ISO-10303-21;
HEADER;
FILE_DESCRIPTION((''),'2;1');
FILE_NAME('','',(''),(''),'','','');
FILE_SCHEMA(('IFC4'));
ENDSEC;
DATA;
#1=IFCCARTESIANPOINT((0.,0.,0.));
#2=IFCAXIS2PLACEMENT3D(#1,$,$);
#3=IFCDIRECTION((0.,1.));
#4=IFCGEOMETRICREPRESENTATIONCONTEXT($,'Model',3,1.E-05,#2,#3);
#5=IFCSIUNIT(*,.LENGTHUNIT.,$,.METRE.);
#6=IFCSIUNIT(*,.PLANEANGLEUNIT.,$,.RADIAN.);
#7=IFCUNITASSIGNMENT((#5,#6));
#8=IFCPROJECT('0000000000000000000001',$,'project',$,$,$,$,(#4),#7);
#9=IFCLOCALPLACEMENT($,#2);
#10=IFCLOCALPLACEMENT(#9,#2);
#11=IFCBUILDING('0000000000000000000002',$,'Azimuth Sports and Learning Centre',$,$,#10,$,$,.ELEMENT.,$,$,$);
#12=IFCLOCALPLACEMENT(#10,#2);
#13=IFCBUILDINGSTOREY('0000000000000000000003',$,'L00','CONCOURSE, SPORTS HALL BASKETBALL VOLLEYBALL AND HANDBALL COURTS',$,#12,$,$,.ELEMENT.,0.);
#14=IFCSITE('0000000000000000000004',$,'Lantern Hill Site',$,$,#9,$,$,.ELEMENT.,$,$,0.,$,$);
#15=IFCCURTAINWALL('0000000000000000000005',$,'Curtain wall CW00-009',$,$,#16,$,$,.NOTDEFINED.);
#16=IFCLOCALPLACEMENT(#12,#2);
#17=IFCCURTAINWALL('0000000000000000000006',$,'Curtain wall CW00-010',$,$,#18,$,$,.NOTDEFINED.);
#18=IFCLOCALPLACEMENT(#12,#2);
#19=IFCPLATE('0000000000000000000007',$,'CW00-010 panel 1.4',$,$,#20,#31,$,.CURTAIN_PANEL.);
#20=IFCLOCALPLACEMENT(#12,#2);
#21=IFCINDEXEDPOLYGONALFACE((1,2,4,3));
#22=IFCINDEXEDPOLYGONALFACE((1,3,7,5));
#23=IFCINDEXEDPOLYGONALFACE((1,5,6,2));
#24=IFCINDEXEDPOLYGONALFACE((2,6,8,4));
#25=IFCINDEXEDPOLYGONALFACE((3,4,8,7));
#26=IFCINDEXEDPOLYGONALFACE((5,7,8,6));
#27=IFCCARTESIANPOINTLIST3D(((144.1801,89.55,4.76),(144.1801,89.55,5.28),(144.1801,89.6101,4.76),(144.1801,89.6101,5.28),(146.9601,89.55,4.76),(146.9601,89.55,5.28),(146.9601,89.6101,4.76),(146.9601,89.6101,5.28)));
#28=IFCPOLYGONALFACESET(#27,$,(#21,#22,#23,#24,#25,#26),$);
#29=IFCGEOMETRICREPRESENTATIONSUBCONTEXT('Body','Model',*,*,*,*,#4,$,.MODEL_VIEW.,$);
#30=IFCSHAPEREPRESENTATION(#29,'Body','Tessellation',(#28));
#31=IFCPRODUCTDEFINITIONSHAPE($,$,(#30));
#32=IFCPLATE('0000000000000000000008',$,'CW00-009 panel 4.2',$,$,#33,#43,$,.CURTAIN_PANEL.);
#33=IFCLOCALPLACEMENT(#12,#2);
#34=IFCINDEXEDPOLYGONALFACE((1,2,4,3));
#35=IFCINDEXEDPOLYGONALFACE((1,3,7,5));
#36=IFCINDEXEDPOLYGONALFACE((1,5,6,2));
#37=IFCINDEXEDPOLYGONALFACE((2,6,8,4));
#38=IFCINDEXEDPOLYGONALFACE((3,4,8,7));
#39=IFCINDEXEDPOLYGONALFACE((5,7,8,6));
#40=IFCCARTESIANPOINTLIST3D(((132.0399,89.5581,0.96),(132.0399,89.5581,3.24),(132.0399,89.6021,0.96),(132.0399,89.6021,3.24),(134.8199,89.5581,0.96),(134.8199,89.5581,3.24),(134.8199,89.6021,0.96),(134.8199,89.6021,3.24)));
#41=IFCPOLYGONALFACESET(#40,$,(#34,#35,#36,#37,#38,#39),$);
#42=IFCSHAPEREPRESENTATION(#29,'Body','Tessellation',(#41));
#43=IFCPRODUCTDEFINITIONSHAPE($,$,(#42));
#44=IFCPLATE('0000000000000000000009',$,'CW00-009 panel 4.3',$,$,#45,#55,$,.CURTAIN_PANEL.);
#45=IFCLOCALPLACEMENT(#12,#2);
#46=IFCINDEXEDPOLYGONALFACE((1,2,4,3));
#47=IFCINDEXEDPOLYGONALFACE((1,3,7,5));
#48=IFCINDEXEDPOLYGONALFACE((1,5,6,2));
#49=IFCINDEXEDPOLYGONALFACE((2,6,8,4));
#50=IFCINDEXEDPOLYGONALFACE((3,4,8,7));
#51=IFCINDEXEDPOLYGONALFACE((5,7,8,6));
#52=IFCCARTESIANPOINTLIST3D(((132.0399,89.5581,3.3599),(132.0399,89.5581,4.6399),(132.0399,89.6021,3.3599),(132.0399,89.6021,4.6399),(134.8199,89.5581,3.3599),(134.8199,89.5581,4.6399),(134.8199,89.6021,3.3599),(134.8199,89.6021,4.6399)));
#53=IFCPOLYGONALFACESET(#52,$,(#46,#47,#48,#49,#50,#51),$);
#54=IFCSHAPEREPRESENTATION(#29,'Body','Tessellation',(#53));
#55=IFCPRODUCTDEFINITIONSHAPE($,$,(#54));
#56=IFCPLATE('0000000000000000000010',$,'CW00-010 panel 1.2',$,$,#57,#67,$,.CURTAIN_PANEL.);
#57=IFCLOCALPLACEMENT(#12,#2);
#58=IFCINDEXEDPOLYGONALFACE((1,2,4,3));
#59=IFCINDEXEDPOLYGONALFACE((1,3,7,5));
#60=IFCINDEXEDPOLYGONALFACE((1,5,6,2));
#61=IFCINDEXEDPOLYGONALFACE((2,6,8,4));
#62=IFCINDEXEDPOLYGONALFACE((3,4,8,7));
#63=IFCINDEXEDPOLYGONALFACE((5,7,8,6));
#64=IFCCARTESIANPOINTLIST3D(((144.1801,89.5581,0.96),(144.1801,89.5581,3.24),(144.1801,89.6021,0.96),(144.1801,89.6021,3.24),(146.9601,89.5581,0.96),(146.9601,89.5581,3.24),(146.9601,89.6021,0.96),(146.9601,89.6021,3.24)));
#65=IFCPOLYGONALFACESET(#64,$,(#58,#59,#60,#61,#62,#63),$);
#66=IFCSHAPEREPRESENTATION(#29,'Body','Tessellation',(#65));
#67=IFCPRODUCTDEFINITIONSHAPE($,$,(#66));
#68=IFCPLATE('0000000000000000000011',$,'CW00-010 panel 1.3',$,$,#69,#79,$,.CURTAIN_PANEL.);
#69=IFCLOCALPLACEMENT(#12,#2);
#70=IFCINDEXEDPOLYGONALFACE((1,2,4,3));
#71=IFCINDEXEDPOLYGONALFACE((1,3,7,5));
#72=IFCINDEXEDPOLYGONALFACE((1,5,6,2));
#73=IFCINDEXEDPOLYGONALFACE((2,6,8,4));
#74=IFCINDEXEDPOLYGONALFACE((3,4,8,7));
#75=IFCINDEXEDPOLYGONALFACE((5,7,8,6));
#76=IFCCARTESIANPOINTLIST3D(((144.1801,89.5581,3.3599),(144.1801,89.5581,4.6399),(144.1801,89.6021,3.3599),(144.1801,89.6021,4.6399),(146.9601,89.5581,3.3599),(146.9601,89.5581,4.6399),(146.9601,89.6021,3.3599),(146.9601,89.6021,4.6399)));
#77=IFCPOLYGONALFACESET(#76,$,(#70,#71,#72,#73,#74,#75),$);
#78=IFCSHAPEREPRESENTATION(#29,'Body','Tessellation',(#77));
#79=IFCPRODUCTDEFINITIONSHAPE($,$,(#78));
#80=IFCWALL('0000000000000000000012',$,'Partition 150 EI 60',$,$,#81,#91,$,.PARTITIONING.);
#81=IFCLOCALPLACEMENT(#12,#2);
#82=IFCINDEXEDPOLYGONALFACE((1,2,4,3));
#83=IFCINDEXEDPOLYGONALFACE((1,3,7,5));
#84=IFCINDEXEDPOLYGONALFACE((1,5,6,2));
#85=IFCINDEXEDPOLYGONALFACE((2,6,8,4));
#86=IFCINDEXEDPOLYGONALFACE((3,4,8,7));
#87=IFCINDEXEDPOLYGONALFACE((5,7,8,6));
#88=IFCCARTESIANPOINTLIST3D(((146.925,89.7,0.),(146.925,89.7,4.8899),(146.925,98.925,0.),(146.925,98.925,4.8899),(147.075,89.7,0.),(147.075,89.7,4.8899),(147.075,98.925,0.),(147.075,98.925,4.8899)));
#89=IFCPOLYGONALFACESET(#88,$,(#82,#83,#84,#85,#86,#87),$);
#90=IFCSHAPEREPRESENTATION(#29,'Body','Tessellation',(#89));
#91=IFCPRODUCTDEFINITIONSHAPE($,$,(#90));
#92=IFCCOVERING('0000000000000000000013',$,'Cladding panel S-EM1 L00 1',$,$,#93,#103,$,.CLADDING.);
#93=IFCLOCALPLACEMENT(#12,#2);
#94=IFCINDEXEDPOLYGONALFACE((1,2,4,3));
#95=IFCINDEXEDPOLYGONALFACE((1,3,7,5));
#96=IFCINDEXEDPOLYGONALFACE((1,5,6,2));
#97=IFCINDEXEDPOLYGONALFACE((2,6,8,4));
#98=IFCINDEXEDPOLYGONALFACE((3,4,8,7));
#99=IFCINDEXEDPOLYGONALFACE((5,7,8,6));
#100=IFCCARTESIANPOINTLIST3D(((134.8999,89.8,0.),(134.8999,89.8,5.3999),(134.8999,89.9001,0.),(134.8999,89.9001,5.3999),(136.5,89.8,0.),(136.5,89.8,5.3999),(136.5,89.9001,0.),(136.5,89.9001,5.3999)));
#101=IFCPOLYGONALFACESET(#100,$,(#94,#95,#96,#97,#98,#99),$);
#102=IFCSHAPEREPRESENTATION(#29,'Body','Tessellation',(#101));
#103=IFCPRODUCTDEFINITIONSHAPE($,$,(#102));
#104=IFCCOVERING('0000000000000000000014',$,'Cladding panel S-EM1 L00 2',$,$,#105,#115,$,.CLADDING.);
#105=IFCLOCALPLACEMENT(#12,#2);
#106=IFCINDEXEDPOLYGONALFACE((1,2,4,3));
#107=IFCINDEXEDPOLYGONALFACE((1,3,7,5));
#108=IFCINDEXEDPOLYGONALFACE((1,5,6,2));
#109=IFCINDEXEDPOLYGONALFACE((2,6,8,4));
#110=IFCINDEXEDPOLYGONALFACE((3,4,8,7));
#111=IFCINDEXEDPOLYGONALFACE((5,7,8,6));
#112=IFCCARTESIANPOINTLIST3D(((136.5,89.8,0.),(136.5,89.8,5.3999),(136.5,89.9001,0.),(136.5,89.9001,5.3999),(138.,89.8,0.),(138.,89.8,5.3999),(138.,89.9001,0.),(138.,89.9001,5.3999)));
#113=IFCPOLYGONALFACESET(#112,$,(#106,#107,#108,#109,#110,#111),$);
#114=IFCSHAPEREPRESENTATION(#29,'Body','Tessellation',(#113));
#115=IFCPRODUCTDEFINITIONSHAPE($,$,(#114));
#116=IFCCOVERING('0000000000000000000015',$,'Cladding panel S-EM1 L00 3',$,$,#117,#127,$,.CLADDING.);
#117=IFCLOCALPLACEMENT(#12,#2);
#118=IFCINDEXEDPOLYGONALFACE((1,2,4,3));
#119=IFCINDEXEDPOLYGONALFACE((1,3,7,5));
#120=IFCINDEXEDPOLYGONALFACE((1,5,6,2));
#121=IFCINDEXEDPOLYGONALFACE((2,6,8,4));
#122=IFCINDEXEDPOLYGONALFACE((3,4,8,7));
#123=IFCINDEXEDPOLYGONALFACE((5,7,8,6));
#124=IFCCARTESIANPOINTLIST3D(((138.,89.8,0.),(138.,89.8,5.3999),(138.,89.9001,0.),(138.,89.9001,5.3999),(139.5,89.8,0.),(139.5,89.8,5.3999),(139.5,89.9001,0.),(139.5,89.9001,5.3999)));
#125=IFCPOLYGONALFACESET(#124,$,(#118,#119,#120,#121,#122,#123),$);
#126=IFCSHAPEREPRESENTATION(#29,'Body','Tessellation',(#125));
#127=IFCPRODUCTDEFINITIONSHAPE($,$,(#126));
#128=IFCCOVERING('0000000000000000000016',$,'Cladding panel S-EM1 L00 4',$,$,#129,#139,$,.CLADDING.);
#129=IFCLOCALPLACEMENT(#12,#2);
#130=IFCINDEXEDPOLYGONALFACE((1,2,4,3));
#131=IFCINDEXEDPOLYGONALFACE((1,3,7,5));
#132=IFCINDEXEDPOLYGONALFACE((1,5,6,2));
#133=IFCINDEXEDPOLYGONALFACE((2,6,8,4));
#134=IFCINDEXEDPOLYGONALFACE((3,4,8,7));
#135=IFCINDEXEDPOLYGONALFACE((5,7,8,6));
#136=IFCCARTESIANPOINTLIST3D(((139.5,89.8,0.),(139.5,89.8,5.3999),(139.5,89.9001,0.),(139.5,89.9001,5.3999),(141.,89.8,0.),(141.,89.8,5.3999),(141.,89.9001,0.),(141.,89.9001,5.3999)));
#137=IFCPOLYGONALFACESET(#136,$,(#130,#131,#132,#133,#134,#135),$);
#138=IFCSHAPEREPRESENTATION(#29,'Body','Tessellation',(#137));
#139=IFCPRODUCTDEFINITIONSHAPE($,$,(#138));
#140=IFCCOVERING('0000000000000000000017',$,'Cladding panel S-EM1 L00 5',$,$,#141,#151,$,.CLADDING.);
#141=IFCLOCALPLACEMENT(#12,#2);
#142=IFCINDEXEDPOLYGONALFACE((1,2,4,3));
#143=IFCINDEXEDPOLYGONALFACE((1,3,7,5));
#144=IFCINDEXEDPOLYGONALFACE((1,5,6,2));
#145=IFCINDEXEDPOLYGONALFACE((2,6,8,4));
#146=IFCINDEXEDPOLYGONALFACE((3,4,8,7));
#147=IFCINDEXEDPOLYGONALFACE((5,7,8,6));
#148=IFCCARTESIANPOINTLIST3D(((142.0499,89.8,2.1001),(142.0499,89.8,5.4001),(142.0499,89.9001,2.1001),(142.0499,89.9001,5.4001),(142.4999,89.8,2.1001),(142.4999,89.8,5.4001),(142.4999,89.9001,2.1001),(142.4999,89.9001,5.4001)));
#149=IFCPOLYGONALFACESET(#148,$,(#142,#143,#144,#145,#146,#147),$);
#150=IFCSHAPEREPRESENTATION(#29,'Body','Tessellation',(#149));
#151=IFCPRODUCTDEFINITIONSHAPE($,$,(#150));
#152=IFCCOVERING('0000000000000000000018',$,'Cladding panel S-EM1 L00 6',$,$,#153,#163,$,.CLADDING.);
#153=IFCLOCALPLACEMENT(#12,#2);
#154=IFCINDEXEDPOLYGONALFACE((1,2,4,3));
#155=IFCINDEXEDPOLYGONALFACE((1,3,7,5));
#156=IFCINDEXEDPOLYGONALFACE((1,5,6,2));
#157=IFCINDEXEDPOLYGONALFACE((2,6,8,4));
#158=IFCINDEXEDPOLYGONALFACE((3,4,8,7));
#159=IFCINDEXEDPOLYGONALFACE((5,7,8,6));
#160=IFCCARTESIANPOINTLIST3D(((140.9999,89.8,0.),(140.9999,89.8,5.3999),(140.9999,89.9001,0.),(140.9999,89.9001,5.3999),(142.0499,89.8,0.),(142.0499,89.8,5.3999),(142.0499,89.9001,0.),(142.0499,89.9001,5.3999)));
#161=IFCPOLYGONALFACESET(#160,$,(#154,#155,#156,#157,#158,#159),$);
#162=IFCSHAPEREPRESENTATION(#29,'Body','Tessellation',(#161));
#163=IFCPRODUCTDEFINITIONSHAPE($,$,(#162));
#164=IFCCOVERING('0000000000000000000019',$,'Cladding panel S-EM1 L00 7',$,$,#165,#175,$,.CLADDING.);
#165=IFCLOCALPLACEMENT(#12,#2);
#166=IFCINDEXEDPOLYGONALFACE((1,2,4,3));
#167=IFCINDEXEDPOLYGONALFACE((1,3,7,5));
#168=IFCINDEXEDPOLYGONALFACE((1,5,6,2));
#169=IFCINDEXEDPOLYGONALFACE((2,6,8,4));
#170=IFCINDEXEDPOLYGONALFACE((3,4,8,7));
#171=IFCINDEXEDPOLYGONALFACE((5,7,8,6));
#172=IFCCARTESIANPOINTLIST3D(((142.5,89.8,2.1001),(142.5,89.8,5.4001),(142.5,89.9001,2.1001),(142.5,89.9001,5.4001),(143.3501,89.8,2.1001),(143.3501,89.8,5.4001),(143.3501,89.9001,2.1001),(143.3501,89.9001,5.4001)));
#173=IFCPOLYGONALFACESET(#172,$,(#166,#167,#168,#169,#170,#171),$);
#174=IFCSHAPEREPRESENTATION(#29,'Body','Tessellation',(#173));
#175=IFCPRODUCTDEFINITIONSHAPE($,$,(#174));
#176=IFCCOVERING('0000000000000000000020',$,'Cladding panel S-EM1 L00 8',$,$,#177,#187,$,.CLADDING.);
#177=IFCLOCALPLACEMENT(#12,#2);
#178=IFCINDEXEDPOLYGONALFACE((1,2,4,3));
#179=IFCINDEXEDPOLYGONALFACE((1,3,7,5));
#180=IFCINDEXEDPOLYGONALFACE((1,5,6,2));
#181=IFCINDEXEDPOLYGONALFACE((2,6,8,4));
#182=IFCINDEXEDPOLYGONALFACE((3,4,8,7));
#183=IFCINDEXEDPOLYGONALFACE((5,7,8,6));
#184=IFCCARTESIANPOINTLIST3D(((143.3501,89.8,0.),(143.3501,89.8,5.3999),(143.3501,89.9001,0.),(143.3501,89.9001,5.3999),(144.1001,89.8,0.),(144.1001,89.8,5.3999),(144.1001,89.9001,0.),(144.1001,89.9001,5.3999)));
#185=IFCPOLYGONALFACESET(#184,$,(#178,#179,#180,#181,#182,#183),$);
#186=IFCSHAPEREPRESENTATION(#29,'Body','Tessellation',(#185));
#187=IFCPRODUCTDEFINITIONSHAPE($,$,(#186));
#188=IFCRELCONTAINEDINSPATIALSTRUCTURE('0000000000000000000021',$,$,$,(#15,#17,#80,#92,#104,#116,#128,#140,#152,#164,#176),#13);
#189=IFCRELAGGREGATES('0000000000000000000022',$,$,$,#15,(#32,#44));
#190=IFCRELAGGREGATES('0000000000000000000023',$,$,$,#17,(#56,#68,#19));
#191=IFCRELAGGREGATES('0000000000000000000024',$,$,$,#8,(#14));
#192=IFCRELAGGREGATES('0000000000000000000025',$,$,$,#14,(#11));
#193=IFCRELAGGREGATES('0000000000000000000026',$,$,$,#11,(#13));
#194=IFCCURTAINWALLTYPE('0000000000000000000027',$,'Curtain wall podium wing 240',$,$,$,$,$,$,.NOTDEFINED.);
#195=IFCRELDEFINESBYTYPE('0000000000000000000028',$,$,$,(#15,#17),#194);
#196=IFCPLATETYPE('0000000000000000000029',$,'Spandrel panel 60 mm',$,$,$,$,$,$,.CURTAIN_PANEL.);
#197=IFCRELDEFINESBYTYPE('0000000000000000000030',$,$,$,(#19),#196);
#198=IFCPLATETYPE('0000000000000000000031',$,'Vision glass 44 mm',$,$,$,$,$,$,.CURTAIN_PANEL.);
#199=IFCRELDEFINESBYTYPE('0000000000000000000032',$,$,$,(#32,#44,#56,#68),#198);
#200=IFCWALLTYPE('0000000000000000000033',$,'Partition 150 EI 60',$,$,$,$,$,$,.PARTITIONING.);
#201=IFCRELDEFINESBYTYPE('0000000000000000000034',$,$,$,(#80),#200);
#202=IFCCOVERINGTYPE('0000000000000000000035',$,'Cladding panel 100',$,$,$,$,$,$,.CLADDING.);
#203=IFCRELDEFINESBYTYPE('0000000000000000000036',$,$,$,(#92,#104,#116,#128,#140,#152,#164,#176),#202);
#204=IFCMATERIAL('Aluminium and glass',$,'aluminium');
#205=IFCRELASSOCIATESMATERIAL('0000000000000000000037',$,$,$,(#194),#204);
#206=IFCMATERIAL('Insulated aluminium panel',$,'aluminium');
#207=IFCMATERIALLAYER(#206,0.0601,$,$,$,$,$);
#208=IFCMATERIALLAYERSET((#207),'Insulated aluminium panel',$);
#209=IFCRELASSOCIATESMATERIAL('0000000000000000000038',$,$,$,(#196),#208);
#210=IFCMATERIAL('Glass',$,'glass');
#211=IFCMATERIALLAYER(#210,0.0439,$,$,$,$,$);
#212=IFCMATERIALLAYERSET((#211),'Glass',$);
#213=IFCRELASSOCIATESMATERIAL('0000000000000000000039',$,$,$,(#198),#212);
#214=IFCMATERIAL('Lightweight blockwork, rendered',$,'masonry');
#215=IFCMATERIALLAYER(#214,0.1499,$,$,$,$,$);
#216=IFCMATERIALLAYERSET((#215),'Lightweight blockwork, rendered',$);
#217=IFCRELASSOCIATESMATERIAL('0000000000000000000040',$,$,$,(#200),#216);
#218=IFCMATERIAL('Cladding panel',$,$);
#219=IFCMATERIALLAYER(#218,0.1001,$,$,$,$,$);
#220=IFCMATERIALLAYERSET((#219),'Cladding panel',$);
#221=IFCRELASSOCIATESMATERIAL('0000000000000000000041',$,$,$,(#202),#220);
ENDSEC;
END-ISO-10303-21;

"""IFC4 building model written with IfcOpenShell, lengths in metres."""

from ifc_helpers import new_model, si_unit, direction, frame, frame_2d, origin, origin_2d, place, context, subcontext, project, spatial, rectangle, extrude, material, layer, layer_set, type_object, element, aggregate, save


model = new_model("IFC4")

# Units and contexts
model_context = context("Model", 3, precision=1e-05, world=origin(), true_north=direction((0.0, 1.0)))
body_context = subcontext(model_context, "Body", "Model", "MODEL_VIEW")
ifc_project = project(units=[si_unit("LENGTHUNIT", "METRE"), si_unit("PLANEANGLEUNIT", "RADIAN")], contexts=[model_context])

# Site, building, storey
site_placement = place(None, origin())
site = spatial("IfcSite", under=ifc_project, at=site_placement, Name="Lantern Hill Site", CompositionType="ELEMENT", RefElevation=0.0)
building_placement = place(site_placement, origin())
building = spatial("IfcBuilding", under=site, at=building_placement, Name="Azimuth Sports and Learning Centre", CompositionType="ELEMENT")
storey_placement = place(building_placement, origin())
storey = spatial("IfcBuildingStorey", under=building, at=storey_placement, Name="L00", Description="CONCOURSE, SPORTS HALL BASKETBALL VOLLEYBALL AND HANDBALL COURTS", CompositionType="ELEMENT", Elevation=0.0)

# Curtain wall
ifc_material_1 = material(Name="Aluminium and glass", Category="aluminium")
curtain_wall_type = type_object("IfcCurtainWallType", Name="Curtain wall podium wing 240", PredefinedType="NOTDEFINED", material=ifc_material_1)
curtain_wall_1_placement = place(storey_placement, origin())
curtain_wall_1 = element("IfcCurtainWall", 1, at=curtain_wall_1_placement, inside=storey, type_object=curtain_wall_type, Name="Curtain wall CW00-009", PredefinedType="NOTDEFINED")

# Curtain wall
curtain_wall_2_placement = place(storey_placement, origin())
curtain_wall_2 = element("IfcCurtainWall", 2, at=curtain_wall_2_placement, inside=storey, type_object=curtain_wall_type, Name="Curtain wall CW00-010", PredefinedType="NOTDEFINED")

# Plates
ifc_material_2 = material(Name="Insulated aluminium panel", Category="aluminium")
ifc_layer_1 = layer(ifc_material_2, 0.0601)
ifc_layer_set_1 = layer_set([ifc_layer_1], Name="Insulated aluminium panel")
plate_type_1 = type_object("IfcPlateType", Name="Spandrel panel 60 mm", PredefinedType="CURTAIN_PANEL", material=ifc_layer_set_1)
plate_1_placement = place(storey_placement, frame((145.5701, 89.5801, 4.76), z_axis=(0.0, 0.0, 1.0), x_axis=(1.0, 0.0, 0.0)))
plate_1 = element("IfcPlate", 3, at=plate_1_placement, type_object=plate_type_1, Name="CW00-010 panel 1.4", PredefinedType="CURTAIN_PANEL", context=body_context, shape_type="SweptSolid", body=[
    extrude(rectangle(XDim=2.78, YDim=0.0601, at=origin_2d()), origin(), (0.0, 0.0, 1.0), 0.52),
])
ifc_material_3 = material(Name="Glass", Category="glass")
ifc_layer_2 = layer(ifc_material_3, 0.0439)
ifc_layer_set_2 = layer_set([ifc_layer_2], Name="Glass")
plate_type_2 = type_object("IfcPlateType", Name="Vision glass 44 mm", PredefinedType="CURTAIN_PANEL", material=ifc_layer_set_2)
plate_2_placement = place(storey_placement, frame((133.4299, 89.5801, 0.96), z_axis=(0.0, 0.0, 1.0), x_axis=(1.0, 0.0, 0.0)))
plate_2 = element("IfcPlate", 4, at=plate_2_placement, type_object=plate_type_2, Name="CW00-009 panel 4.2", PredefinedType="CURTAIN_PANEL", context=body_context, shape_type="SweptSolid", body=[
    extrude(rectangle(XDim=2.78, YDim=0.0439, at=origin_2d()), origin(), (0.0, 0.0, 1.0), 2.28),
])
plate_3_placement = place(storey_placement, frame((133.4299, 89.5801, 3.3599), z_axis=(0.0, 0.0, 1.0), x_axis=(1.0, 0.0, 0.0)))
plate_3 = element("IfcPlate", 5, at=plate_3_placement, type_object=plate_type_2, Name="CW00-009 panel 4.3", PredefinedType="CURTAIN_PANEL", context=body_context, shape_type="SweptSolid", body=[
    extrude(rectangle(XDim=2.78, YDim=0.0439, at=origin_2d()), origin(), (0.0, 0.0, 1.0), 1.28),
])
aggregate(curtain_wall_1, [plate_2, plate_3])
plate_4_placement = place(storey_placement, frame((145.5701, 89.5801, 0.96), z_axis=(0.0, 0.0, 1.0), x_axis=(1.0, 0.0, 0.0)))
plate_4 = element("IfcPlate", 6, at=plate_4_placement, type_object=plate_type_2, Name="CW00-010 panel 1.2", PredefinedType="CURTAIN_PANEL", context=body_context, shape_type="SweptSolid", body=[
    extrude(rectangle(XDim=2.78, YDim=0.0439, at=origin_2d()), origin(), (0.0, 0.0, 1.0), 2.28),
])
plate_5_placement = place(storey_placement, frame((145.5701, 89.5801, 3.3599), z_axis=(0.0, 0.0, 1.0), x_axis=(1.0, 0.0, 0.0)))
plate_5 = element("IfcPlate", 7, at=plate_5_placement, type_object=plate_type_2, Name="CW00-010 panel 1.3", PredefinedType="CURTAIN_PANEL", context=body_context, shape_type="SweptSolid", body=[
    extrude(rectangle(XDim=2.78, YDim=0.0439, at=origin_2d()), origin(), (0.0, 0.0, 1.0), 1.28),
])
aggregate(curtain_wall_2, [plate_4, plate_5, plate_1])

# Wall
ifc_material_4 = material(Name="Lightweight blockwork, rendered", Category="masonry")
ifc_layer_3 = layer(ifc_material_4, 0.1499)
ifc_layer_set_3 = layer_set([ifc_layer_3], Name="Lightweight blockwork, rendered")
wall_type = type_object("IfcWallType", Name="Partition 150 EI 60", PredefinedType="PARTITIONING", material=ifc_layer_set_3)
wall_placement = place(storey_placement, frame((147.0, 89.7, 0.0), z_axis=(0.0, 0.0, 1.0), x_axis=(0.0, 1.0, 0.0)))
element("IfcWall", 8, at=wall_placement, inside=storey, type_object=wall_type, Name="Partition 150 EI 60", PredefinedType="PARTITIONING", context=body_context, shape_type="SweptSolid", body=[
    extrude(rectangle(XDim=9.2251, YDim=0.1499, at=frame_2d((4.6125, 0.0))), origin(), (0.0, 0.0, 1.0), 4.8899),
])

# Coverings
ifc_material_5 = material(Name="Cladding panel")
ifc_layer_4 = layer(ifc_material_5, 0.1001)
ifc_layer_set_4 = layer_set([ifc_layer_4], Name="Cladding panel")
covering_type = type_object("IfcCoveringType", Name="Cladding panel 100", PredefinedType="CLADDING", material=ifc_layer_set_4)
covering_1_placement = place(storey_placement, frame((135.7, 89.8501, 0.0), z_axis=(0.0, 0.0, 1.0), x_axis=(1.0, 0.0, 0.0)))
element("IfcCovering", 9, at=covering_1_placement, inside=storey, type_object=covering_type, Name="Cladding panel S-EM1 L00 1", PredefinedType="CLADDING", context=body_context, shape_type="SweptSolid", body=[
    extrude(rectangle(XDim=1.6001, YDim=0.1001, at=origin_2d()), origin(), (0.0, 0.0, 1.0), 5.3999),
])
for number, where, z_axis, x_axis, name in (
    (10, (137.25, 89.8501, 0.0), (0.0, 0.0, 1.0), (1.0, 0.0, 0.0), "Cladding panel S-EM1 L00 2"),
    (11, (138.75, 89.8501, 0.0), (0.0, 0.0, 1.0), (1.0, 0.0, 0.0), "Cladding panel S-EM1 L00 3"),
    (12, (140.25, 89.8501, 0.0), (0.0, 0.0, 1.0), (1.0, 0.0, 0.0), "Cladding panel S-EM1 L00 4"),
):
    element("IfcCovering", number, at=place(storey_placement, frame(where, z_axis=z_axis, x_axis=x_axis)), inside=storey, type_object=covering_type, Name=name, PredefinedType="CLADDING", context=body_context, shape_type="SweptSolid", body=[
        extrude(rectangle(XDim=1.5, YDim=0.1001, at=origin_2d()), origin(), (0.0, 0.0, 1.0), 5.3999),
    ])
covering_2_placement = place(storey_placement, frame((142.2749, 89.8501, 2.1001), z_axis=(0.0, 0.0, 1.0), x_axis=(1.0, 0.0, 0.0)))
element("IfcCovering", 13, at=covering_2_placement, inside=storey, type_object=covering_type, Name="Cladding panel S-EM1 L00 5", PredefinedType="CLADDING", context=body_context, shape_type="SweptSolid", body=[
    extrude(rectangle(XDim=0.45, YDim=0.1001, at=origin_2d()), origin(), (0.0, 0.0, 1.0), 3.3),
])
covering_3_placement = place(storey_placement, frame((141.5249, 89.8501, 0.0), z_axis=(0.0, 0.0, 1.0), x_axis=(1.0, 0.0, 0.0)))
element("IfcCovering", 14, at=covering_3_placement, inside=storey, type_object=covering_type, Name="Cladding panel S-EM1 L00 6", PredefinedType="CLADDING", context=body_context, shape_type="SweptSolid", body=[
    extrude(rectangle(XDim=1.05, YDim=0.1001, at=origin_2d()), origin(), (0.0, 0.0, 1.0), 5.3999),
])
covering_4_placement = place(storey_placement, frame((142.925, 89.8501, 2.1001), z_axis=(0.0, 0.0, 1.0), x_axis=(1.0, 0.0, 0.0)))
element("IfcCovering", 15, at=covering_4_placement, inside=storey, type_object=covering_type, Name="Cladding panel S-EM1 L00 7", PredefinedType="CLADDING", context=body_context, shape_type="SweptSolid", body=[
    extrude(rectangle(XDim=0.8501, YDim=0.1001, at=origin_2d()), origin(), (0.0, 0.0, 1.0), 3.3),
])
covering_5_placement = place(storey_placement, frame((143.7251, 89.8501, 0.0), z_axis=(0.0, 0.0, 1.0), x_axis=(1.0, 0.0, 0.0)))
element("IfcCovering", 16, at=covering_5_placement, inside=storey, type_object=covering_type, Name="Cladding panel S-EM1 L00 8", PredefinedType="CLADDING", context=body_context, shape_type="SweptSolid", body=[
    extrude(rectangle(XDim=0.75, YDim=0.1001, at=origin_2d()), origin(), (0.0, 0.0, 1.0), 5.3999),
])

save(model, "model.ifc")
